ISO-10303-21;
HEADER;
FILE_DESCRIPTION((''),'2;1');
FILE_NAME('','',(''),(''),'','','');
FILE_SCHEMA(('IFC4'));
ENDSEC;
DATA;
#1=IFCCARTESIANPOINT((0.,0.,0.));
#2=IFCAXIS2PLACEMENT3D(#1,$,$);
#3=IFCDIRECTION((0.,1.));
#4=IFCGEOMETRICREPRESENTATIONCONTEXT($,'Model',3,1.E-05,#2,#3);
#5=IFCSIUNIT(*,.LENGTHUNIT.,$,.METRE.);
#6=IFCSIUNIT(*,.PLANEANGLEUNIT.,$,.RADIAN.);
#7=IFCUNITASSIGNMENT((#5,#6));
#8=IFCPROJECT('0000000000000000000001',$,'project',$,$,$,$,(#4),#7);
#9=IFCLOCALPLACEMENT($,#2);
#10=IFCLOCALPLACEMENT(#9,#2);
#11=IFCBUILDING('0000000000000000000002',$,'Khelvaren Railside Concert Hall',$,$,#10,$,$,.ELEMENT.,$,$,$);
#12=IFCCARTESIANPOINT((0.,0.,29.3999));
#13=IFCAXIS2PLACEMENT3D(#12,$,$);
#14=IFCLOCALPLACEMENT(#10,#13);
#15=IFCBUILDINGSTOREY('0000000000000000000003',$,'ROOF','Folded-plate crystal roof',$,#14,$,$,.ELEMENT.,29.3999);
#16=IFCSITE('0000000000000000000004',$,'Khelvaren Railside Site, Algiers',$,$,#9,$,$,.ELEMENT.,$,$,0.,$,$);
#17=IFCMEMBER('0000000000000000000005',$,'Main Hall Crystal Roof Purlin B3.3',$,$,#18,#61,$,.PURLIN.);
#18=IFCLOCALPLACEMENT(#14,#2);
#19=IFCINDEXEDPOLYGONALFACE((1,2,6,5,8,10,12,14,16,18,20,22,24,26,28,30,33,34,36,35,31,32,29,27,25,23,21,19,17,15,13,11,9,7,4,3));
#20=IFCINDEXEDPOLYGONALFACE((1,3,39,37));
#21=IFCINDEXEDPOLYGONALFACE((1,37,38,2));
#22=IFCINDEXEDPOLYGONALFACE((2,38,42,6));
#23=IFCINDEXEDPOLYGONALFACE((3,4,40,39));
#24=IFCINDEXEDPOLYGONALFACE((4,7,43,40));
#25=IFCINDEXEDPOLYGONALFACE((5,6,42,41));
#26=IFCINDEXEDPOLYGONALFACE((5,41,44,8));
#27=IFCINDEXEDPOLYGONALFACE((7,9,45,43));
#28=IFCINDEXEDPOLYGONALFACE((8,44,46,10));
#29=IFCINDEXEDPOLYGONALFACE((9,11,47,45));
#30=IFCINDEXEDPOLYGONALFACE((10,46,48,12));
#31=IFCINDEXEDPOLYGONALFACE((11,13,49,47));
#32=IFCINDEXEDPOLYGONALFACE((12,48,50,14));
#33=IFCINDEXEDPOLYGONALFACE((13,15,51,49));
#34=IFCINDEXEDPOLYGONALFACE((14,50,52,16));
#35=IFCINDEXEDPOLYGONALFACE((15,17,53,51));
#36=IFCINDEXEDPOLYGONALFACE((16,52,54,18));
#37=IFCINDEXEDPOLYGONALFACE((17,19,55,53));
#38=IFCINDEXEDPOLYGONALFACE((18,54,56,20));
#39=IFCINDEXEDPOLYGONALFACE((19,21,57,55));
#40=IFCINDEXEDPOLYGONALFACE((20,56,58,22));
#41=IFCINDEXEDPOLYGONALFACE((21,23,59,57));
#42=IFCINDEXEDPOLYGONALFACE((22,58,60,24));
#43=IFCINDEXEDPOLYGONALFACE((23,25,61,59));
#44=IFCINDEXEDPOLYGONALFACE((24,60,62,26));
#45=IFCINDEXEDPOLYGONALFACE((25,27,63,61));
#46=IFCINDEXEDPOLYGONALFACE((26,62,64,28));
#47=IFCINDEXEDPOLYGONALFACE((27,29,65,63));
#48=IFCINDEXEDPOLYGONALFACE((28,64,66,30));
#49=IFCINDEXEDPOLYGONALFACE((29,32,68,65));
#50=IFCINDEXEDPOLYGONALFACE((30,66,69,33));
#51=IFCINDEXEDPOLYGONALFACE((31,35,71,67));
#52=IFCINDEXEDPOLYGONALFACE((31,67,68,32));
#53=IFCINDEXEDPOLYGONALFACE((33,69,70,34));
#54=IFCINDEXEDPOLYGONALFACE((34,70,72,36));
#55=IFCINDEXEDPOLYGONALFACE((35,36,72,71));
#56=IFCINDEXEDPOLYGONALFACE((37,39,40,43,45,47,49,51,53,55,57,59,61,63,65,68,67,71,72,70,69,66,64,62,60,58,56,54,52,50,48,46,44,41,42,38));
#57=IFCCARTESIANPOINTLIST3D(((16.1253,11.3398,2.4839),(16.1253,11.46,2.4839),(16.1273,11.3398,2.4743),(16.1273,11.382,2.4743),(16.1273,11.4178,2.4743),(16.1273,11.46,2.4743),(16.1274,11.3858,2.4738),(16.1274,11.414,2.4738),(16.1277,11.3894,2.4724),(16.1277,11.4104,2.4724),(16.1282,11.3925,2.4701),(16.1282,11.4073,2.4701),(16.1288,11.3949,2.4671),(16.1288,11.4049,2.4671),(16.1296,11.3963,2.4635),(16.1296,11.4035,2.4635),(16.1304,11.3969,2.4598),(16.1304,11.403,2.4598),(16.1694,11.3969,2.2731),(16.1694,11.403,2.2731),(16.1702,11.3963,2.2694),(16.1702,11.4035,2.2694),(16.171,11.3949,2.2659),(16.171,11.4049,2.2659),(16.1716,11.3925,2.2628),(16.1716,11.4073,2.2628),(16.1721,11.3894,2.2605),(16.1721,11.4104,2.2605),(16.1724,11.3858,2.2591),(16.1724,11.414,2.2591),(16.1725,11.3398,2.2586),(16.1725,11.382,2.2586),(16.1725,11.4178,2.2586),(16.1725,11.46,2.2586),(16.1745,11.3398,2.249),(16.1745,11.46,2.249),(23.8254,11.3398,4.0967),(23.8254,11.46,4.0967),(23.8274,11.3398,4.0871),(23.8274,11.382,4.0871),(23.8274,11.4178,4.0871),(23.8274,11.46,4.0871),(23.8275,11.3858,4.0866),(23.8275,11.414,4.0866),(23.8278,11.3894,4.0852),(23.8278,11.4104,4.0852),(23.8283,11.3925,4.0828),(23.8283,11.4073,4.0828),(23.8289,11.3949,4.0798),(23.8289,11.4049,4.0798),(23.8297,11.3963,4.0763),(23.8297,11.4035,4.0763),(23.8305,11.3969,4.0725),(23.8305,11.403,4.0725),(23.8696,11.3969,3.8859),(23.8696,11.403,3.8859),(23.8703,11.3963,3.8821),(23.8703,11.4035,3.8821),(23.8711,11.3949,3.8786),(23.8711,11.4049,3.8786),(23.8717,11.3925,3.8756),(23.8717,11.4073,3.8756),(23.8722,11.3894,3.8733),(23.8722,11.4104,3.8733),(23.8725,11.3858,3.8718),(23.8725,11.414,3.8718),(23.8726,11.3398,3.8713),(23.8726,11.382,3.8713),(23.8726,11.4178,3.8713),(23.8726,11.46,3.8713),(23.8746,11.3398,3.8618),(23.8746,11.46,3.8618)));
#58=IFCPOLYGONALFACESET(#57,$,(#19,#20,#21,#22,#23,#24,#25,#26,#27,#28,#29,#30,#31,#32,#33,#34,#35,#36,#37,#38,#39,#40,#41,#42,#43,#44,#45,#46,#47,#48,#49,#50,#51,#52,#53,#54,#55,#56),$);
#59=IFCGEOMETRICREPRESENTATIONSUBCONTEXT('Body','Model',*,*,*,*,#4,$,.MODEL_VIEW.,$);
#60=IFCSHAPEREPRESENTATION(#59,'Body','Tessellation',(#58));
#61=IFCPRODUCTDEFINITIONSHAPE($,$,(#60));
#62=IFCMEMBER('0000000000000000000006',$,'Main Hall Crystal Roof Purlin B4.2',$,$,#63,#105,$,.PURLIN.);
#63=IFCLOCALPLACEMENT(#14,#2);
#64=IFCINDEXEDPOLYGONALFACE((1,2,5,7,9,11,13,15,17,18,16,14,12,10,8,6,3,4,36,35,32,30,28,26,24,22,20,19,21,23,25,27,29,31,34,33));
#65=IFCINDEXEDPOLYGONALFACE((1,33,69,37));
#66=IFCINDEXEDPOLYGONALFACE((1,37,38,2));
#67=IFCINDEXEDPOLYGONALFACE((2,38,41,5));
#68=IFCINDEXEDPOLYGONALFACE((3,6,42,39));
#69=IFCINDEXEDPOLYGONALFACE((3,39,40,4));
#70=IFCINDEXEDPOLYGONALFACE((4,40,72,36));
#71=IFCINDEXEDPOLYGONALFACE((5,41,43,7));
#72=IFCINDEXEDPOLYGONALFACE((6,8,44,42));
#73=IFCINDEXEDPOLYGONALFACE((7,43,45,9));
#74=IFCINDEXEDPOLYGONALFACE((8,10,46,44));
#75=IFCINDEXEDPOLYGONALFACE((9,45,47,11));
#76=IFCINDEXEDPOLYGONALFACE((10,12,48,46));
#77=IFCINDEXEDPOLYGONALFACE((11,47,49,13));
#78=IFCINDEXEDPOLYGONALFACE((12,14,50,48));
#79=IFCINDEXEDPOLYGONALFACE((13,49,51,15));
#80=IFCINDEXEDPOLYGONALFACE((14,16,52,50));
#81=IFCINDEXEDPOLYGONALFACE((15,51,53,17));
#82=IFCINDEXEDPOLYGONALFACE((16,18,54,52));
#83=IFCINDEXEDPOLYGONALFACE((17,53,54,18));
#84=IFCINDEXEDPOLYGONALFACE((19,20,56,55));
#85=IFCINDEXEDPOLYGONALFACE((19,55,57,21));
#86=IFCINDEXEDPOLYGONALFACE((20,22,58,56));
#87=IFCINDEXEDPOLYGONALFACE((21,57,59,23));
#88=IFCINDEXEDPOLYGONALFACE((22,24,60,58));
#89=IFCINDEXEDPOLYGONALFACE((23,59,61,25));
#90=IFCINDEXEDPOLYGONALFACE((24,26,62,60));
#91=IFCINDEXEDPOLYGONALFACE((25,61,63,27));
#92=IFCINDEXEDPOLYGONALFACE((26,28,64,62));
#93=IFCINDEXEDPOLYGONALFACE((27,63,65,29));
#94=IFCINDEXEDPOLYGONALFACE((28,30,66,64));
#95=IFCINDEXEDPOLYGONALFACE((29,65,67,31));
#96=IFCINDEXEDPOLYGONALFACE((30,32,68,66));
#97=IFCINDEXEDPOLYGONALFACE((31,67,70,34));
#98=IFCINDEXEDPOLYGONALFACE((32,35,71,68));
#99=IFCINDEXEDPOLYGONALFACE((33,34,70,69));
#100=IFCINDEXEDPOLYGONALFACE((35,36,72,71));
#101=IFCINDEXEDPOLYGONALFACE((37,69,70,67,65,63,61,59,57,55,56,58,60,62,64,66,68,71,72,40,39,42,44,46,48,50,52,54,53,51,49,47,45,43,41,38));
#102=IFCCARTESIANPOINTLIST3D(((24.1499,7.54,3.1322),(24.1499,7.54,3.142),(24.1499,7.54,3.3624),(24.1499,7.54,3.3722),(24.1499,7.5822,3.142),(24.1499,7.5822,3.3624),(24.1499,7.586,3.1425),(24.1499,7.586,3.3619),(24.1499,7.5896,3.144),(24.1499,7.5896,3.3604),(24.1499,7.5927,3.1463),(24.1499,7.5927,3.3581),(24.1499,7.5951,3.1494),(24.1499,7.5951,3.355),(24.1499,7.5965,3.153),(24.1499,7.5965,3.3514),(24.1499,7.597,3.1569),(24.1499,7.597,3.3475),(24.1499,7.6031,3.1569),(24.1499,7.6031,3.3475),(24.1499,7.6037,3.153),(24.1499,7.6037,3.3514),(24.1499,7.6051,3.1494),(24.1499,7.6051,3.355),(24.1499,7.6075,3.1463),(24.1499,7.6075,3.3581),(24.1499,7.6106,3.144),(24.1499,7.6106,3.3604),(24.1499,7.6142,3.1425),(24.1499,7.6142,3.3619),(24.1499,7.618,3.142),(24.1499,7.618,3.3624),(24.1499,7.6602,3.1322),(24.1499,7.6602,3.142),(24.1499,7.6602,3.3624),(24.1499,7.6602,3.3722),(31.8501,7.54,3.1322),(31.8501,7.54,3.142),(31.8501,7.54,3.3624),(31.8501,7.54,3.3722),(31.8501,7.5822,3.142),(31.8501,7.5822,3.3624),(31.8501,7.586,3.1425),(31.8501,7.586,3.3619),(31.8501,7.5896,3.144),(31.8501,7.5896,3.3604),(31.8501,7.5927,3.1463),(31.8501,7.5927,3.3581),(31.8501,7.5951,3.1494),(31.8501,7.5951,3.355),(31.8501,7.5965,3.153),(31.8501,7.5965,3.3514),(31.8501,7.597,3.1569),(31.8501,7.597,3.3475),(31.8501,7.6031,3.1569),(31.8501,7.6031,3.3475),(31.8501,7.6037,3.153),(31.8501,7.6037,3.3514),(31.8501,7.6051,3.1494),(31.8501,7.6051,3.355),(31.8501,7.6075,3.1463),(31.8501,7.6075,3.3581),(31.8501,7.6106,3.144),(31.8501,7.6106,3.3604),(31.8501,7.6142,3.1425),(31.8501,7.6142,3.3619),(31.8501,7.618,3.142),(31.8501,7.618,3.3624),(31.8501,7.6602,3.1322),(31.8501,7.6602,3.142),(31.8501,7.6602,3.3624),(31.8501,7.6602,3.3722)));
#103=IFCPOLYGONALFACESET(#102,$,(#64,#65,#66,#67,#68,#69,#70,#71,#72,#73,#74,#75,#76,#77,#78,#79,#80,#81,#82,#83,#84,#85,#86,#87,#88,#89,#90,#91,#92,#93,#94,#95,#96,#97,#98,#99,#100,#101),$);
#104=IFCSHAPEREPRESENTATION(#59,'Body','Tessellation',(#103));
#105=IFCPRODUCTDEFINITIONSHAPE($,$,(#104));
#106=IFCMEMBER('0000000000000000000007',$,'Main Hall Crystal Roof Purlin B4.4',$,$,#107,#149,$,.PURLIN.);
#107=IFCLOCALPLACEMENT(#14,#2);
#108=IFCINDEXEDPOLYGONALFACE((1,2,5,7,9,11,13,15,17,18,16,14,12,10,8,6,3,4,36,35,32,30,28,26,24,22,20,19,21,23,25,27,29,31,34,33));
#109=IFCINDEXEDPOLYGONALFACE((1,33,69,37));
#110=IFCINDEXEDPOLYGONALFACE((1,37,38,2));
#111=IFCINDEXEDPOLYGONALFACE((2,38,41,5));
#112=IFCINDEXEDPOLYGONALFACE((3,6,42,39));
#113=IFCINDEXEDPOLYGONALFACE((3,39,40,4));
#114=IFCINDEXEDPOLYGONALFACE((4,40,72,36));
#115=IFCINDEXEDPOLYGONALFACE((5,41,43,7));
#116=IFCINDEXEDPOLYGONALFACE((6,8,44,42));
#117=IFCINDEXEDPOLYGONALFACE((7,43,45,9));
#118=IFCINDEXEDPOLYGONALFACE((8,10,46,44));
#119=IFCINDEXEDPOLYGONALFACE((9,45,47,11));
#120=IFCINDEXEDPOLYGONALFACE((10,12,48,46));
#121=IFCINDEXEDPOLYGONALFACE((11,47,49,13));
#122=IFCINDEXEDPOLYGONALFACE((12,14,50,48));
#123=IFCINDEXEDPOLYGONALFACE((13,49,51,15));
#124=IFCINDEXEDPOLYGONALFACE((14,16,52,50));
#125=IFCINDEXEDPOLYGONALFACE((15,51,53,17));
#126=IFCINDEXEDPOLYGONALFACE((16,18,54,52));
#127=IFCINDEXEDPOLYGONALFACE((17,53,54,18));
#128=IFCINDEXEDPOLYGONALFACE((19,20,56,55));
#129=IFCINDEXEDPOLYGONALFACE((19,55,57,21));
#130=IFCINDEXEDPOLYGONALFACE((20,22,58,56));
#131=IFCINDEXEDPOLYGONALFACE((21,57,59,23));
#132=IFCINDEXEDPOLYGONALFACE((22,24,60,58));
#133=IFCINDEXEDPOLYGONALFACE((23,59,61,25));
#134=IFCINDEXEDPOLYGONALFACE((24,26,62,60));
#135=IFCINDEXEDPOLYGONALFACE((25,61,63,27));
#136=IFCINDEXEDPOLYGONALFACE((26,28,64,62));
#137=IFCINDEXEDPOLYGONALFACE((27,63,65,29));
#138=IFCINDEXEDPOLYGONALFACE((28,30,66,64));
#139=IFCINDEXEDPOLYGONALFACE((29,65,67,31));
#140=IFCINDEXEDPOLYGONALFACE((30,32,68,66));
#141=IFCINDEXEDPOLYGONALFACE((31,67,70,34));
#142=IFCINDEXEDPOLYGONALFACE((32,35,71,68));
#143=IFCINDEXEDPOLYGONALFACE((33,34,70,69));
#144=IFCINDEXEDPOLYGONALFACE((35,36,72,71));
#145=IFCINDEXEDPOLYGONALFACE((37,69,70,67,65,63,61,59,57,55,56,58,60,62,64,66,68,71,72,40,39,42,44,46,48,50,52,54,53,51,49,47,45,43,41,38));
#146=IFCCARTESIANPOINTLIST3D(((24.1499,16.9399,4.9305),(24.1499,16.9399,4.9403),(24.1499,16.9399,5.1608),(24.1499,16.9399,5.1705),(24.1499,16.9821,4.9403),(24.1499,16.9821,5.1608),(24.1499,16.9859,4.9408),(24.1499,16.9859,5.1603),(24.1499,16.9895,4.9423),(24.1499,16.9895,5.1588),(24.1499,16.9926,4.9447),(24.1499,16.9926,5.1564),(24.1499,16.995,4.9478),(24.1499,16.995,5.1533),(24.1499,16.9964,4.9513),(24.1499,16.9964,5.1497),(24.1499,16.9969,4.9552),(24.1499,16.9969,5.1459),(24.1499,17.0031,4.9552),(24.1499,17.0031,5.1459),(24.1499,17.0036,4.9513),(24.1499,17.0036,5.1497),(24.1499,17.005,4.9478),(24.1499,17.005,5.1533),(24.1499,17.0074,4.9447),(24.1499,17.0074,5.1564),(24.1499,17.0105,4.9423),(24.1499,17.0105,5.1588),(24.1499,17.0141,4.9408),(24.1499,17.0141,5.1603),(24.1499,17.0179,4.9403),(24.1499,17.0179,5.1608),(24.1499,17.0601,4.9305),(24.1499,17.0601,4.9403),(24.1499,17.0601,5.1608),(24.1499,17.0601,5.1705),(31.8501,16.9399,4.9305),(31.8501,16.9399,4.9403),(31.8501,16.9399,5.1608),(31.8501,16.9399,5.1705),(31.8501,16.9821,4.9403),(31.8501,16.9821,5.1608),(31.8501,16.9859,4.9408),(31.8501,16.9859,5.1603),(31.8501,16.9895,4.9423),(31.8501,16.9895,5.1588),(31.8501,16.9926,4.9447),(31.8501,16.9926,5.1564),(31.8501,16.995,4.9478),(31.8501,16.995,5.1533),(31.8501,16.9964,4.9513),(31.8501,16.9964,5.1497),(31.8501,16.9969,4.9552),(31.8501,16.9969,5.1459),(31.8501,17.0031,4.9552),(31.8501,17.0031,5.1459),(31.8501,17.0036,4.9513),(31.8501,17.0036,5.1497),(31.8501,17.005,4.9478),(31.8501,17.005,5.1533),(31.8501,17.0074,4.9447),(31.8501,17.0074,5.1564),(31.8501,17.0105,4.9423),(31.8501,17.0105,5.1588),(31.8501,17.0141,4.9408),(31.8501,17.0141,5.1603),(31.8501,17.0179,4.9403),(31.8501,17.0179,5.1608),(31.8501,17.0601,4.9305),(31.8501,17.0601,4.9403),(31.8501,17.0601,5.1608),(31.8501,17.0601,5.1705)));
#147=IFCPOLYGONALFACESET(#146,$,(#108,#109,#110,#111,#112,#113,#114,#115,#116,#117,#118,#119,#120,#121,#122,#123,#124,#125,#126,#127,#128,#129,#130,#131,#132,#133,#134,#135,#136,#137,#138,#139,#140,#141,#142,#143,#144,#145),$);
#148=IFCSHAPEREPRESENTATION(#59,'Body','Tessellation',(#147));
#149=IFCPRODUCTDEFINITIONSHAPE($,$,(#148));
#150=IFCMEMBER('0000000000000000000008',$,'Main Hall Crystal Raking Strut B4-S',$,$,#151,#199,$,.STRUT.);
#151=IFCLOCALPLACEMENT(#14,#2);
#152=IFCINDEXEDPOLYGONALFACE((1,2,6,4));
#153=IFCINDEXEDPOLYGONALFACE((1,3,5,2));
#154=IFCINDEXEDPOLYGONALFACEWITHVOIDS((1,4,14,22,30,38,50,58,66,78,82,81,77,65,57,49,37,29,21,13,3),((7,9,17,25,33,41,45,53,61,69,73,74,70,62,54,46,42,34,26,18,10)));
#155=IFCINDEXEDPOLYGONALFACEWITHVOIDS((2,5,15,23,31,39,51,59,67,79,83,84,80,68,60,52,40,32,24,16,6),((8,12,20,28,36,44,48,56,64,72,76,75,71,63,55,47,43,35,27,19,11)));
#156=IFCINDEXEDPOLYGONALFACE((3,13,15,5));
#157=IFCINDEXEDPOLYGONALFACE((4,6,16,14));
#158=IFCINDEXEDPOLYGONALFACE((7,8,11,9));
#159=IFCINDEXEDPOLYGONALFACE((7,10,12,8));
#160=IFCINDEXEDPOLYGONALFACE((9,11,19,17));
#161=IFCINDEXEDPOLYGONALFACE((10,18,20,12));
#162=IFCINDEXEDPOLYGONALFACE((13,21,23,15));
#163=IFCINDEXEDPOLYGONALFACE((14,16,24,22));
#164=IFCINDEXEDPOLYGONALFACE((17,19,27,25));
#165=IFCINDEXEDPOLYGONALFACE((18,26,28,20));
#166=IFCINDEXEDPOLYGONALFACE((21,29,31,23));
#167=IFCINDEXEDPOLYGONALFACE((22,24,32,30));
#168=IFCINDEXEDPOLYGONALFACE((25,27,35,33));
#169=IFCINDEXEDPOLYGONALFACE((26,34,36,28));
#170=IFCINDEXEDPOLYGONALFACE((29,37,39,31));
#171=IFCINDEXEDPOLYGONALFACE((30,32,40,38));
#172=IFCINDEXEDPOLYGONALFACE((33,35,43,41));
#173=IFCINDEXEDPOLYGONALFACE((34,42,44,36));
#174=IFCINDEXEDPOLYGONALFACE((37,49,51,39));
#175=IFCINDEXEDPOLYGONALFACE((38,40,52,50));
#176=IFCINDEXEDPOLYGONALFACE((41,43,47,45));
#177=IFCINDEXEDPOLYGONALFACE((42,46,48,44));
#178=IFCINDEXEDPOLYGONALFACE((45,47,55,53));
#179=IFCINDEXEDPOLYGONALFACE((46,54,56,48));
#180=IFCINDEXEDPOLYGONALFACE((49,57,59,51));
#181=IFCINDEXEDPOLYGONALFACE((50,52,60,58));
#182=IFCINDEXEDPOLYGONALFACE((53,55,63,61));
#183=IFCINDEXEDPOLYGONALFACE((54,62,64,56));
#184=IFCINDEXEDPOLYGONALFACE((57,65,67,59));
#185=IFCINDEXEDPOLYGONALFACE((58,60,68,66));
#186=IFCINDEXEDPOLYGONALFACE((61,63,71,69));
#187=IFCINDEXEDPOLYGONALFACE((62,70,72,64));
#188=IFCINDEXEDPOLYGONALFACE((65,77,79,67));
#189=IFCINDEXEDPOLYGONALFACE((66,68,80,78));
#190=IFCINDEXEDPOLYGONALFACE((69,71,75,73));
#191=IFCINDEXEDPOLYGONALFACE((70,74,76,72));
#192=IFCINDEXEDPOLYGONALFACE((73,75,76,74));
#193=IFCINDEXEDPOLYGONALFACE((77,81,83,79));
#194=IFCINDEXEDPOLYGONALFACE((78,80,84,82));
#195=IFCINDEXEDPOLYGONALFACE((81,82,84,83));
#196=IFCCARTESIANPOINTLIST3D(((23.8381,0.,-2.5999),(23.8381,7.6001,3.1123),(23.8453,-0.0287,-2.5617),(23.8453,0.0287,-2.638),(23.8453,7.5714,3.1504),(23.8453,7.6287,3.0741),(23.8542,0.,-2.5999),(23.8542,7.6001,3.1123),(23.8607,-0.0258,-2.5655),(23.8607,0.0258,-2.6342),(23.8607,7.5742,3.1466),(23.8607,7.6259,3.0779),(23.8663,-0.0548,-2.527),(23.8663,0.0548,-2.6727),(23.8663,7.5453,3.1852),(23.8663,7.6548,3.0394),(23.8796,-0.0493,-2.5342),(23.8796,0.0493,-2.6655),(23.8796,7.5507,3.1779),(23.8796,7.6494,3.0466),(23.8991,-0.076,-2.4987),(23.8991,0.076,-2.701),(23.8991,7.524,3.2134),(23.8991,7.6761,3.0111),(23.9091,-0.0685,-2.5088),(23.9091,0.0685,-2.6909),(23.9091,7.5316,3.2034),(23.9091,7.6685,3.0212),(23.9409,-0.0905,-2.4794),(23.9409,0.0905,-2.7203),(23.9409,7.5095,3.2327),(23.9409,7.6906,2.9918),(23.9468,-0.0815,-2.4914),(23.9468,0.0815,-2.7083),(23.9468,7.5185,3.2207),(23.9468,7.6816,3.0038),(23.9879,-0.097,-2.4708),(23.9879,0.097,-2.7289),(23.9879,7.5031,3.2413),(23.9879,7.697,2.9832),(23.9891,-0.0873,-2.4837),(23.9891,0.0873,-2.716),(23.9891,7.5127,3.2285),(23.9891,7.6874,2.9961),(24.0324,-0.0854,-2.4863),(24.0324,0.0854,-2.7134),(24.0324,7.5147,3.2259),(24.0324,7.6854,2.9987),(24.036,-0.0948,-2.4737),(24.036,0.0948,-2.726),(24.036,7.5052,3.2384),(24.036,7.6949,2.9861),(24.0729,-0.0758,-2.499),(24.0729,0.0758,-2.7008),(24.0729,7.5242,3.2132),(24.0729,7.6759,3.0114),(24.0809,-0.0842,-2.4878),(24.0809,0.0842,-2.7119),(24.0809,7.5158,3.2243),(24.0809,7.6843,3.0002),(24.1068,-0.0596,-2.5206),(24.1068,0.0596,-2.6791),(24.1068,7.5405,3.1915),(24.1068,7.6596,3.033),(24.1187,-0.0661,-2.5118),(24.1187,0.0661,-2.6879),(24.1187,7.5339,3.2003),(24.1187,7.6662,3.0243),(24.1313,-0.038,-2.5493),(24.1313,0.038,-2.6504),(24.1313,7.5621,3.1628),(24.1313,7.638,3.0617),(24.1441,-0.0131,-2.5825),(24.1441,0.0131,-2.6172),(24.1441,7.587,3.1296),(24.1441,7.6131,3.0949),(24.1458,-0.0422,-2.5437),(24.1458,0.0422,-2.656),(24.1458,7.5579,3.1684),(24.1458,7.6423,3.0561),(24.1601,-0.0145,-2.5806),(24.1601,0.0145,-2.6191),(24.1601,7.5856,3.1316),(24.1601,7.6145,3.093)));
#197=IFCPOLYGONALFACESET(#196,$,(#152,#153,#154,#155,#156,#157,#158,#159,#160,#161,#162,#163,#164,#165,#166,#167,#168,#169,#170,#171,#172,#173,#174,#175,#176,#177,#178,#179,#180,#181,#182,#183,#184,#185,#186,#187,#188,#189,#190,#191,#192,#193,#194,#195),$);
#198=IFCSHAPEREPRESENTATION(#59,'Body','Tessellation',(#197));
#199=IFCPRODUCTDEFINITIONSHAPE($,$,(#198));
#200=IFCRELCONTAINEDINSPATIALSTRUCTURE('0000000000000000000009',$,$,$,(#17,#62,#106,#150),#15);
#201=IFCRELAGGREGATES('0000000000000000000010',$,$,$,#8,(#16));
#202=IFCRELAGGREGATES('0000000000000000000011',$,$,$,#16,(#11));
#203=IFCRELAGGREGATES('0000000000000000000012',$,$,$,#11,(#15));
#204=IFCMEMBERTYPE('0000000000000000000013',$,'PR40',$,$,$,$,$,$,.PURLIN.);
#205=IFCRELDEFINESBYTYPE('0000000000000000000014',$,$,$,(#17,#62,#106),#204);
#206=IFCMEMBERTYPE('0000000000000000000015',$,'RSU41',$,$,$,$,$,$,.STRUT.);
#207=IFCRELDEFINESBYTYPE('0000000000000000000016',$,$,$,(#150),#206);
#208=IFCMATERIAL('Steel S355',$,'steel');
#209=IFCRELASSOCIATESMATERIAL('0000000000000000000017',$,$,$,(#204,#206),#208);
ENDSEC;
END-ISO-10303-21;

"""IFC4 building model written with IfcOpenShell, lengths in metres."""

from ifc_helpers import new_model, si_unit, direction, frame, origin, origin_2d, place, context, subcontext, project, spatial, hollow_circle, i_section, extrude, material, material_profile, profile_set, type_object, element, save


model = new_model("IFC4")

# Units and contexts
model_context = context("Model", 3, precision=1e-05, world=origin(), true_north=direction((0.0, 1.0)))
body_context = subcontext(model_context, "Body", "Model", "MODEL_VIEW")
ifc_project = project(units=[si_unit("LENGTHUNIT", "METRE"), si_unit("PLANEANGLEUNIT", "RADIAN")], contexts=[model_context])

# Site, building, storey
site_placement = place(None, origin())
site = spatial("IfcSite", under=ifc_project, at=site_placement, Name="Khelvaren Railside Site, Algiers", CompositionType="ELEMENT", RefElevation=0.0)
building_placement = place(site_placement, origin())
building = spatial("IfcBuilding", under=site, at=building_placement, Name="Khelvaren Railside Concert Hall", CompositionType="ELEMENT")
storey_placement = place(building_placement, frame((0.0, 0.0, 29.3999)))
storey = spatial("IfcBuildingStorey", under=building, at=storey_placement, Name="ROOF", Description="Folded-plate crystal roof", CompositionType="ELEMENT", Elevation=29.3999)

# Shared definitions
ifc_material_1 = material(Name="Steel S355", Category="steel")

# Members
ifc_material_profile_1 = material_profile(ifc_material_1, i_section(OverallWidth=0.1201, OverallDepth=0.24, WebThickness=0.0061, FlangeThickness=0.0098, FilletRadius=0.0149, at=origin_2d()), Name="IPE 240")
ifc_profile_set_1 = profile_set([ifc_material_profile_1], Name="Steel S355")
member_type_1 = type_object("IfcMemberType", Name="PR40", PredefinedType="PURLIN", material=ifc_profile_set_1)
for number, where, z_axis, x_axis, name in (
    (1, (16.1499, 11.3999, 2.3665), (0.978762, 0.0, 0.205), (0.0, 1.0, 0.0), "Main Hall Crystal Roof Purlin B3.3"),
):
    element("IfcMember", number, at=place(storey_placement, frame(where, z_axis=z_axis, x_axis=x_axis)), inside=storey, type_object=member_type_1, Name=name, PredefinedType="PURLIN", context=body_context, shape_type="SweptSolid", body=[
        extrude(i_section(OverallWidth=0.1201, OverallDepth=0.24, WebThickness=0.0061, FlangeThickness=0.0098, FilletRadius=0.0149, at=origin_2d()), origin(), (0.0, 0.0, 1.0), 7.8672),
    ])
for number, where, z_axis, x_axis, name in (
    (2, (24.1499, 7.6001, 3.2522), (1.0, 0.0, 0.0), (0.0, 1.0, 0.0), "Main Hall Crystal Roof Purlin B4.2"),
    (3, (24.1499, 17.0, 5.0505), (1.0, 0.0, 0.0), (0.0, 1.0, 0.0), "Main Hall Crystal Roof Purlin B4.4"),
):
    element("IfcMember", number, at=place(storey_placement, frame(where, z_axis=z_axis, x_axis=x_axis)), inside=storey, type_object=member_type_1, Name=name, PredefinedType="PURLIN", context=body_context, shape_type="SweptSolid", body=[
        extrude(i_section(OverallWidth=0.1201, OverallDepth=0.24, WebThickness=0.0061, FlangeThickness=0.0098, FilletRadius=0.0149, at=origin_2d()), origin(), (0.0, 0.0, 1.0), 7.7002),
    ])
ifc_material_profile_2 = material_profile(ifc_material_1, hollow_circle(Radius=0.1619, WallThickness=0.0161, at=origin_2d()), Name="CHS 323.9x16")
ifc_profile_set_2 = profile_set([ifc_material_profile_2], Name="Steel S355")
member_type_2 = type_object("IfcMemberType", Name="RSU41", PredefinedType="STRUT", material=ifc_profile_set_2)
member_1_placement = place(storey_placement, frame((24.0, 0.0, -2.5999), z_axis=(0.0, 0.799389, 0.600813), x_axis=(-1.0, 0.0, 0.0)))
element("IfcMember", 4, at=member_1_placement, inside=storey, type_object=member_type_2, Name="Main Hall Crystal Raking Strut B4-S", PredefinedType="STRUT", context=body_context, shape_type="SweptSolid", body=[
    extrude(hollow_circle(Radius=0.1619, WallThickness=0.0161, at=origin_2d()), origin(), (0.0, 0.0, 1.0), 9.5073),
])

save(model, "model.ifc")
